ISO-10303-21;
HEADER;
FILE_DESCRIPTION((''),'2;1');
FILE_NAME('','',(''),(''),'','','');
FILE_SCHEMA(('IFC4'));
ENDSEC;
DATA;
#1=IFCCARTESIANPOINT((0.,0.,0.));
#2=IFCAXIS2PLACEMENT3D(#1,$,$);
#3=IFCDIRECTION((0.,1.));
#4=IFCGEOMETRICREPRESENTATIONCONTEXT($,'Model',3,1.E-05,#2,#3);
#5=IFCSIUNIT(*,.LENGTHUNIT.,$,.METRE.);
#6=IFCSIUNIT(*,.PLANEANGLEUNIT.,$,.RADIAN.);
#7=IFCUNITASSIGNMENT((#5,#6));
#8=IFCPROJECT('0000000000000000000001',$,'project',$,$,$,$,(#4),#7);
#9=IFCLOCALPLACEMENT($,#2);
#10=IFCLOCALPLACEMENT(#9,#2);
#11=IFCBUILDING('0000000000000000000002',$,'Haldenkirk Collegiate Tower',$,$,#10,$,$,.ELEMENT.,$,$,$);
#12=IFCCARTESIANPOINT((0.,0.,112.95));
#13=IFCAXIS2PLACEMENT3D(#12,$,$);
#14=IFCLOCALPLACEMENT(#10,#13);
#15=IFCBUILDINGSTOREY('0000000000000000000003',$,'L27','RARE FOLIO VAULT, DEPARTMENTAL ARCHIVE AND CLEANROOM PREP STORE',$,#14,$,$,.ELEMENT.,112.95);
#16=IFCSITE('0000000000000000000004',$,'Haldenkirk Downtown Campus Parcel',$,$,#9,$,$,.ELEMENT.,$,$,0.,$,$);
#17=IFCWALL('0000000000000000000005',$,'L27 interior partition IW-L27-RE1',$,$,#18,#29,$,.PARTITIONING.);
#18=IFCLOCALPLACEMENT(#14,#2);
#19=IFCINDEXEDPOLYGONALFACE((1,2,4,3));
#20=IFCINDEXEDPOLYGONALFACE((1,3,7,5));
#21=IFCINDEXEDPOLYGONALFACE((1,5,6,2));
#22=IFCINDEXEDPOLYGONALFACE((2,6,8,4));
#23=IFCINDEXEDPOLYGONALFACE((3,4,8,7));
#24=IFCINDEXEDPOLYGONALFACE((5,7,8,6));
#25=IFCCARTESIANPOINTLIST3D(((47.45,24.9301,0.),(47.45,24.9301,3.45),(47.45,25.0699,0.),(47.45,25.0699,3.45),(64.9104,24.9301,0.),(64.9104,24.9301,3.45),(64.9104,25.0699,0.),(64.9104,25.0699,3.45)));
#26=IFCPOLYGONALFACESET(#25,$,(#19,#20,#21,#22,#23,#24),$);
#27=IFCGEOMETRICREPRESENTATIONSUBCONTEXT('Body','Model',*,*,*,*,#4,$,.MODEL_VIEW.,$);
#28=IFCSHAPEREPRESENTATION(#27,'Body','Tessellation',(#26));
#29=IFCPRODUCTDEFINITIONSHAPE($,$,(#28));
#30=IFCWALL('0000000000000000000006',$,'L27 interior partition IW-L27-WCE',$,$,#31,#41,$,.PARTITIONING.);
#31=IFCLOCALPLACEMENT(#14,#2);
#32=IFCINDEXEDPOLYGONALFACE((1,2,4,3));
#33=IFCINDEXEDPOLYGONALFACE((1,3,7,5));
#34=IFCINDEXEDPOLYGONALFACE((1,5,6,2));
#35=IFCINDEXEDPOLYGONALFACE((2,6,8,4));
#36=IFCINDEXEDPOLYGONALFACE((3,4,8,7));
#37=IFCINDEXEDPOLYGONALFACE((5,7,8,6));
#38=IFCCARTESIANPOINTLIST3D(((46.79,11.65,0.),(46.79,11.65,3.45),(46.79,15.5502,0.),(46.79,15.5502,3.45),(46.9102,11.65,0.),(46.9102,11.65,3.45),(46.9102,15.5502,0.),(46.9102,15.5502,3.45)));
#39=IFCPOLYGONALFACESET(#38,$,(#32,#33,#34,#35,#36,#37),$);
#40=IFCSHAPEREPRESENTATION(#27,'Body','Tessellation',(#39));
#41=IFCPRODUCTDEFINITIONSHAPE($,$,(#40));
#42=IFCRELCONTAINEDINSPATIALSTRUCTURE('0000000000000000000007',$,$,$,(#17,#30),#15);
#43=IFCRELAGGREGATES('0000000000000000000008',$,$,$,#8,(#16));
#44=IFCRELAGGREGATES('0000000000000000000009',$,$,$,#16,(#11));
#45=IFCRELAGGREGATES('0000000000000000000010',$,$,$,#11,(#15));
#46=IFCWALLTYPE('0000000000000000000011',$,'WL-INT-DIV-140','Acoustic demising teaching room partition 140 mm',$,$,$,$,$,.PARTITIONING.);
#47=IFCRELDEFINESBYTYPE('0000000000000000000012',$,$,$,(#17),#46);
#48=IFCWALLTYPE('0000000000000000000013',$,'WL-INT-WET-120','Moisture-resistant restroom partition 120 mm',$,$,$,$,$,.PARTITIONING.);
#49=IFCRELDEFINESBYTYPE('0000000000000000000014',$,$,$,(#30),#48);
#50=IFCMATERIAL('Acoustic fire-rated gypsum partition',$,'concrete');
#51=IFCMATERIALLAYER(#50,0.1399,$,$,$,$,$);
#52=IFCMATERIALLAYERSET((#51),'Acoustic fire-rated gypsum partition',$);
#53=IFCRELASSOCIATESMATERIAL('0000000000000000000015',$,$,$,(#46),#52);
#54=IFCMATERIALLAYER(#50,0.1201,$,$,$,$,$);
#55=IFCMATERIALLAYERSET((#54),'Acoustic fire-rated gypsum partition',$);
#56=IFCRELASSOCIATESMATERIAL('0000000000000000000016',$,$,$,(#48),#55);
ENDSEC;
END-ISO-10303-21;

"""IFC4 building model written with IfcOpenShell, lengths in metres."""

from ifc_helpers import new_model, si_unit, direction, frame, frame_2d, origin, place, context, subcontext, project, spatial, rectangle, extrude, material, layer, layer_set, type_object, element, save


model = new_model("IFC4")

# Units and contexts
model_context = context("Model", 3, precision=1e-05, world=origin(), true_north=direction((0.0, 1.0)))
body_context = subcontext(model_context, "Body", "Model", "MODEL_VIEW")
ifc_project = project(units=[si_unit("LENGTHUNIT", "METRE"), si_unit("PLANEANGLEUNIT", "RADIAN")], contexts=[model_context])

# Site, building, storey
site_placement = place(None, origin())
site = spatial("IfcSite", under=ifc_project, at=site_placement, Name="Haldenkirk Downtown Campus Parcel", CompositionType="ELEMENT", RefElevation=0.0)
building_placement = place(site_placement, origin())
building = spatial("IfcBuilding", under=site, at=building_placement, Name="Haldenkirk Collegiate Tower", CompositionType="ELEMENT")
storey_placement = place(building_placement, frame((0.0, 0.0, 112.95)))
storey = spatial("IfcBuildingStorey", under=building, at=storey_placement, Name="L27", Description="RARE FOLIO VAULT, DEPARTMENTAL ARCHIVE AND CLEANROOM PREP STORE", CompositionType="ELEMENT", Elevation=112.95)

# Shared definitions
ifc_material_1 = material(Name="Acoustic fire-rated gypsum partition", Category="concrete")

# Walls
ifc_layer_1 = layer(ifc_material_1, 0.1399)
ifc_layer_set_1 = layer_set([ifc_layer_1], Name="Acoustic fire-rated gypsum partition")
wall_type_1 = type_object("IfcWallType", Name="WL-INT-DIV-140", Description="Acoustic demising teaching room partition 140 mm", PredefinedType="PARTITIONING", material=ifc_layer_set_1)
wall_1_placement = place(storey_placement, frame((47.45, 25.0, 0.0), z_axis=(0.0, 0.0, 1.0), x_axis=(1.0, 0.0, 0.0)))
element("IfcWall", 1, at=wall_1_placement, inside=storey, type_object=wall_type_1, Name="L27 interior partition IW-L27-RE1", PredefinedType="PARTITIONING", context=body_context, shape_type="SweptSolid", body=[
    extrude(rectangle(XDim=17.4604, YDim=0.1399, at=frame_2d((8.7302, 0.0))), origin(), (0.0, 0.0, 1.0), 3.45),
])
ifc_layer_2 = layer(ifc_material_1, 0.1201)
ifc_layer_set_2 = layer_set([ifc_layer_2], Name="Acoustic fire-rated gypsum partition")
wall_type_2 = type_object("IfcWallType", Name="WL-INT-WET-120", Description="Moisture-resistant restroom partition 120 mm", PredefinedType="PARTITIONING", material=ifc_layer_set_2)
wall_2_placement = place(storey_placement, frame((46.8501, 11.6499, 0.0), z_axis=(0.0, 0.0, 1.0), x_axis=(0.0, 1.0, 0.0)))
element("IfcWall", 2, at=wall_2_placement, inside=storey, type_object=wall_type_2, Name="L27 interior partition IW-L27-WCE", PredefinedType="PARTITIONING", context=body_context, shape_type="SweptSolid", body=[
    extrude(rectangle(XDim=3.9001, YDim=0.1201, at=frame_2d((1.9502, 0.0))), origin(), (0.0, 0.0, 1.0), 3.45),
])

save(model, "model.ifc")
